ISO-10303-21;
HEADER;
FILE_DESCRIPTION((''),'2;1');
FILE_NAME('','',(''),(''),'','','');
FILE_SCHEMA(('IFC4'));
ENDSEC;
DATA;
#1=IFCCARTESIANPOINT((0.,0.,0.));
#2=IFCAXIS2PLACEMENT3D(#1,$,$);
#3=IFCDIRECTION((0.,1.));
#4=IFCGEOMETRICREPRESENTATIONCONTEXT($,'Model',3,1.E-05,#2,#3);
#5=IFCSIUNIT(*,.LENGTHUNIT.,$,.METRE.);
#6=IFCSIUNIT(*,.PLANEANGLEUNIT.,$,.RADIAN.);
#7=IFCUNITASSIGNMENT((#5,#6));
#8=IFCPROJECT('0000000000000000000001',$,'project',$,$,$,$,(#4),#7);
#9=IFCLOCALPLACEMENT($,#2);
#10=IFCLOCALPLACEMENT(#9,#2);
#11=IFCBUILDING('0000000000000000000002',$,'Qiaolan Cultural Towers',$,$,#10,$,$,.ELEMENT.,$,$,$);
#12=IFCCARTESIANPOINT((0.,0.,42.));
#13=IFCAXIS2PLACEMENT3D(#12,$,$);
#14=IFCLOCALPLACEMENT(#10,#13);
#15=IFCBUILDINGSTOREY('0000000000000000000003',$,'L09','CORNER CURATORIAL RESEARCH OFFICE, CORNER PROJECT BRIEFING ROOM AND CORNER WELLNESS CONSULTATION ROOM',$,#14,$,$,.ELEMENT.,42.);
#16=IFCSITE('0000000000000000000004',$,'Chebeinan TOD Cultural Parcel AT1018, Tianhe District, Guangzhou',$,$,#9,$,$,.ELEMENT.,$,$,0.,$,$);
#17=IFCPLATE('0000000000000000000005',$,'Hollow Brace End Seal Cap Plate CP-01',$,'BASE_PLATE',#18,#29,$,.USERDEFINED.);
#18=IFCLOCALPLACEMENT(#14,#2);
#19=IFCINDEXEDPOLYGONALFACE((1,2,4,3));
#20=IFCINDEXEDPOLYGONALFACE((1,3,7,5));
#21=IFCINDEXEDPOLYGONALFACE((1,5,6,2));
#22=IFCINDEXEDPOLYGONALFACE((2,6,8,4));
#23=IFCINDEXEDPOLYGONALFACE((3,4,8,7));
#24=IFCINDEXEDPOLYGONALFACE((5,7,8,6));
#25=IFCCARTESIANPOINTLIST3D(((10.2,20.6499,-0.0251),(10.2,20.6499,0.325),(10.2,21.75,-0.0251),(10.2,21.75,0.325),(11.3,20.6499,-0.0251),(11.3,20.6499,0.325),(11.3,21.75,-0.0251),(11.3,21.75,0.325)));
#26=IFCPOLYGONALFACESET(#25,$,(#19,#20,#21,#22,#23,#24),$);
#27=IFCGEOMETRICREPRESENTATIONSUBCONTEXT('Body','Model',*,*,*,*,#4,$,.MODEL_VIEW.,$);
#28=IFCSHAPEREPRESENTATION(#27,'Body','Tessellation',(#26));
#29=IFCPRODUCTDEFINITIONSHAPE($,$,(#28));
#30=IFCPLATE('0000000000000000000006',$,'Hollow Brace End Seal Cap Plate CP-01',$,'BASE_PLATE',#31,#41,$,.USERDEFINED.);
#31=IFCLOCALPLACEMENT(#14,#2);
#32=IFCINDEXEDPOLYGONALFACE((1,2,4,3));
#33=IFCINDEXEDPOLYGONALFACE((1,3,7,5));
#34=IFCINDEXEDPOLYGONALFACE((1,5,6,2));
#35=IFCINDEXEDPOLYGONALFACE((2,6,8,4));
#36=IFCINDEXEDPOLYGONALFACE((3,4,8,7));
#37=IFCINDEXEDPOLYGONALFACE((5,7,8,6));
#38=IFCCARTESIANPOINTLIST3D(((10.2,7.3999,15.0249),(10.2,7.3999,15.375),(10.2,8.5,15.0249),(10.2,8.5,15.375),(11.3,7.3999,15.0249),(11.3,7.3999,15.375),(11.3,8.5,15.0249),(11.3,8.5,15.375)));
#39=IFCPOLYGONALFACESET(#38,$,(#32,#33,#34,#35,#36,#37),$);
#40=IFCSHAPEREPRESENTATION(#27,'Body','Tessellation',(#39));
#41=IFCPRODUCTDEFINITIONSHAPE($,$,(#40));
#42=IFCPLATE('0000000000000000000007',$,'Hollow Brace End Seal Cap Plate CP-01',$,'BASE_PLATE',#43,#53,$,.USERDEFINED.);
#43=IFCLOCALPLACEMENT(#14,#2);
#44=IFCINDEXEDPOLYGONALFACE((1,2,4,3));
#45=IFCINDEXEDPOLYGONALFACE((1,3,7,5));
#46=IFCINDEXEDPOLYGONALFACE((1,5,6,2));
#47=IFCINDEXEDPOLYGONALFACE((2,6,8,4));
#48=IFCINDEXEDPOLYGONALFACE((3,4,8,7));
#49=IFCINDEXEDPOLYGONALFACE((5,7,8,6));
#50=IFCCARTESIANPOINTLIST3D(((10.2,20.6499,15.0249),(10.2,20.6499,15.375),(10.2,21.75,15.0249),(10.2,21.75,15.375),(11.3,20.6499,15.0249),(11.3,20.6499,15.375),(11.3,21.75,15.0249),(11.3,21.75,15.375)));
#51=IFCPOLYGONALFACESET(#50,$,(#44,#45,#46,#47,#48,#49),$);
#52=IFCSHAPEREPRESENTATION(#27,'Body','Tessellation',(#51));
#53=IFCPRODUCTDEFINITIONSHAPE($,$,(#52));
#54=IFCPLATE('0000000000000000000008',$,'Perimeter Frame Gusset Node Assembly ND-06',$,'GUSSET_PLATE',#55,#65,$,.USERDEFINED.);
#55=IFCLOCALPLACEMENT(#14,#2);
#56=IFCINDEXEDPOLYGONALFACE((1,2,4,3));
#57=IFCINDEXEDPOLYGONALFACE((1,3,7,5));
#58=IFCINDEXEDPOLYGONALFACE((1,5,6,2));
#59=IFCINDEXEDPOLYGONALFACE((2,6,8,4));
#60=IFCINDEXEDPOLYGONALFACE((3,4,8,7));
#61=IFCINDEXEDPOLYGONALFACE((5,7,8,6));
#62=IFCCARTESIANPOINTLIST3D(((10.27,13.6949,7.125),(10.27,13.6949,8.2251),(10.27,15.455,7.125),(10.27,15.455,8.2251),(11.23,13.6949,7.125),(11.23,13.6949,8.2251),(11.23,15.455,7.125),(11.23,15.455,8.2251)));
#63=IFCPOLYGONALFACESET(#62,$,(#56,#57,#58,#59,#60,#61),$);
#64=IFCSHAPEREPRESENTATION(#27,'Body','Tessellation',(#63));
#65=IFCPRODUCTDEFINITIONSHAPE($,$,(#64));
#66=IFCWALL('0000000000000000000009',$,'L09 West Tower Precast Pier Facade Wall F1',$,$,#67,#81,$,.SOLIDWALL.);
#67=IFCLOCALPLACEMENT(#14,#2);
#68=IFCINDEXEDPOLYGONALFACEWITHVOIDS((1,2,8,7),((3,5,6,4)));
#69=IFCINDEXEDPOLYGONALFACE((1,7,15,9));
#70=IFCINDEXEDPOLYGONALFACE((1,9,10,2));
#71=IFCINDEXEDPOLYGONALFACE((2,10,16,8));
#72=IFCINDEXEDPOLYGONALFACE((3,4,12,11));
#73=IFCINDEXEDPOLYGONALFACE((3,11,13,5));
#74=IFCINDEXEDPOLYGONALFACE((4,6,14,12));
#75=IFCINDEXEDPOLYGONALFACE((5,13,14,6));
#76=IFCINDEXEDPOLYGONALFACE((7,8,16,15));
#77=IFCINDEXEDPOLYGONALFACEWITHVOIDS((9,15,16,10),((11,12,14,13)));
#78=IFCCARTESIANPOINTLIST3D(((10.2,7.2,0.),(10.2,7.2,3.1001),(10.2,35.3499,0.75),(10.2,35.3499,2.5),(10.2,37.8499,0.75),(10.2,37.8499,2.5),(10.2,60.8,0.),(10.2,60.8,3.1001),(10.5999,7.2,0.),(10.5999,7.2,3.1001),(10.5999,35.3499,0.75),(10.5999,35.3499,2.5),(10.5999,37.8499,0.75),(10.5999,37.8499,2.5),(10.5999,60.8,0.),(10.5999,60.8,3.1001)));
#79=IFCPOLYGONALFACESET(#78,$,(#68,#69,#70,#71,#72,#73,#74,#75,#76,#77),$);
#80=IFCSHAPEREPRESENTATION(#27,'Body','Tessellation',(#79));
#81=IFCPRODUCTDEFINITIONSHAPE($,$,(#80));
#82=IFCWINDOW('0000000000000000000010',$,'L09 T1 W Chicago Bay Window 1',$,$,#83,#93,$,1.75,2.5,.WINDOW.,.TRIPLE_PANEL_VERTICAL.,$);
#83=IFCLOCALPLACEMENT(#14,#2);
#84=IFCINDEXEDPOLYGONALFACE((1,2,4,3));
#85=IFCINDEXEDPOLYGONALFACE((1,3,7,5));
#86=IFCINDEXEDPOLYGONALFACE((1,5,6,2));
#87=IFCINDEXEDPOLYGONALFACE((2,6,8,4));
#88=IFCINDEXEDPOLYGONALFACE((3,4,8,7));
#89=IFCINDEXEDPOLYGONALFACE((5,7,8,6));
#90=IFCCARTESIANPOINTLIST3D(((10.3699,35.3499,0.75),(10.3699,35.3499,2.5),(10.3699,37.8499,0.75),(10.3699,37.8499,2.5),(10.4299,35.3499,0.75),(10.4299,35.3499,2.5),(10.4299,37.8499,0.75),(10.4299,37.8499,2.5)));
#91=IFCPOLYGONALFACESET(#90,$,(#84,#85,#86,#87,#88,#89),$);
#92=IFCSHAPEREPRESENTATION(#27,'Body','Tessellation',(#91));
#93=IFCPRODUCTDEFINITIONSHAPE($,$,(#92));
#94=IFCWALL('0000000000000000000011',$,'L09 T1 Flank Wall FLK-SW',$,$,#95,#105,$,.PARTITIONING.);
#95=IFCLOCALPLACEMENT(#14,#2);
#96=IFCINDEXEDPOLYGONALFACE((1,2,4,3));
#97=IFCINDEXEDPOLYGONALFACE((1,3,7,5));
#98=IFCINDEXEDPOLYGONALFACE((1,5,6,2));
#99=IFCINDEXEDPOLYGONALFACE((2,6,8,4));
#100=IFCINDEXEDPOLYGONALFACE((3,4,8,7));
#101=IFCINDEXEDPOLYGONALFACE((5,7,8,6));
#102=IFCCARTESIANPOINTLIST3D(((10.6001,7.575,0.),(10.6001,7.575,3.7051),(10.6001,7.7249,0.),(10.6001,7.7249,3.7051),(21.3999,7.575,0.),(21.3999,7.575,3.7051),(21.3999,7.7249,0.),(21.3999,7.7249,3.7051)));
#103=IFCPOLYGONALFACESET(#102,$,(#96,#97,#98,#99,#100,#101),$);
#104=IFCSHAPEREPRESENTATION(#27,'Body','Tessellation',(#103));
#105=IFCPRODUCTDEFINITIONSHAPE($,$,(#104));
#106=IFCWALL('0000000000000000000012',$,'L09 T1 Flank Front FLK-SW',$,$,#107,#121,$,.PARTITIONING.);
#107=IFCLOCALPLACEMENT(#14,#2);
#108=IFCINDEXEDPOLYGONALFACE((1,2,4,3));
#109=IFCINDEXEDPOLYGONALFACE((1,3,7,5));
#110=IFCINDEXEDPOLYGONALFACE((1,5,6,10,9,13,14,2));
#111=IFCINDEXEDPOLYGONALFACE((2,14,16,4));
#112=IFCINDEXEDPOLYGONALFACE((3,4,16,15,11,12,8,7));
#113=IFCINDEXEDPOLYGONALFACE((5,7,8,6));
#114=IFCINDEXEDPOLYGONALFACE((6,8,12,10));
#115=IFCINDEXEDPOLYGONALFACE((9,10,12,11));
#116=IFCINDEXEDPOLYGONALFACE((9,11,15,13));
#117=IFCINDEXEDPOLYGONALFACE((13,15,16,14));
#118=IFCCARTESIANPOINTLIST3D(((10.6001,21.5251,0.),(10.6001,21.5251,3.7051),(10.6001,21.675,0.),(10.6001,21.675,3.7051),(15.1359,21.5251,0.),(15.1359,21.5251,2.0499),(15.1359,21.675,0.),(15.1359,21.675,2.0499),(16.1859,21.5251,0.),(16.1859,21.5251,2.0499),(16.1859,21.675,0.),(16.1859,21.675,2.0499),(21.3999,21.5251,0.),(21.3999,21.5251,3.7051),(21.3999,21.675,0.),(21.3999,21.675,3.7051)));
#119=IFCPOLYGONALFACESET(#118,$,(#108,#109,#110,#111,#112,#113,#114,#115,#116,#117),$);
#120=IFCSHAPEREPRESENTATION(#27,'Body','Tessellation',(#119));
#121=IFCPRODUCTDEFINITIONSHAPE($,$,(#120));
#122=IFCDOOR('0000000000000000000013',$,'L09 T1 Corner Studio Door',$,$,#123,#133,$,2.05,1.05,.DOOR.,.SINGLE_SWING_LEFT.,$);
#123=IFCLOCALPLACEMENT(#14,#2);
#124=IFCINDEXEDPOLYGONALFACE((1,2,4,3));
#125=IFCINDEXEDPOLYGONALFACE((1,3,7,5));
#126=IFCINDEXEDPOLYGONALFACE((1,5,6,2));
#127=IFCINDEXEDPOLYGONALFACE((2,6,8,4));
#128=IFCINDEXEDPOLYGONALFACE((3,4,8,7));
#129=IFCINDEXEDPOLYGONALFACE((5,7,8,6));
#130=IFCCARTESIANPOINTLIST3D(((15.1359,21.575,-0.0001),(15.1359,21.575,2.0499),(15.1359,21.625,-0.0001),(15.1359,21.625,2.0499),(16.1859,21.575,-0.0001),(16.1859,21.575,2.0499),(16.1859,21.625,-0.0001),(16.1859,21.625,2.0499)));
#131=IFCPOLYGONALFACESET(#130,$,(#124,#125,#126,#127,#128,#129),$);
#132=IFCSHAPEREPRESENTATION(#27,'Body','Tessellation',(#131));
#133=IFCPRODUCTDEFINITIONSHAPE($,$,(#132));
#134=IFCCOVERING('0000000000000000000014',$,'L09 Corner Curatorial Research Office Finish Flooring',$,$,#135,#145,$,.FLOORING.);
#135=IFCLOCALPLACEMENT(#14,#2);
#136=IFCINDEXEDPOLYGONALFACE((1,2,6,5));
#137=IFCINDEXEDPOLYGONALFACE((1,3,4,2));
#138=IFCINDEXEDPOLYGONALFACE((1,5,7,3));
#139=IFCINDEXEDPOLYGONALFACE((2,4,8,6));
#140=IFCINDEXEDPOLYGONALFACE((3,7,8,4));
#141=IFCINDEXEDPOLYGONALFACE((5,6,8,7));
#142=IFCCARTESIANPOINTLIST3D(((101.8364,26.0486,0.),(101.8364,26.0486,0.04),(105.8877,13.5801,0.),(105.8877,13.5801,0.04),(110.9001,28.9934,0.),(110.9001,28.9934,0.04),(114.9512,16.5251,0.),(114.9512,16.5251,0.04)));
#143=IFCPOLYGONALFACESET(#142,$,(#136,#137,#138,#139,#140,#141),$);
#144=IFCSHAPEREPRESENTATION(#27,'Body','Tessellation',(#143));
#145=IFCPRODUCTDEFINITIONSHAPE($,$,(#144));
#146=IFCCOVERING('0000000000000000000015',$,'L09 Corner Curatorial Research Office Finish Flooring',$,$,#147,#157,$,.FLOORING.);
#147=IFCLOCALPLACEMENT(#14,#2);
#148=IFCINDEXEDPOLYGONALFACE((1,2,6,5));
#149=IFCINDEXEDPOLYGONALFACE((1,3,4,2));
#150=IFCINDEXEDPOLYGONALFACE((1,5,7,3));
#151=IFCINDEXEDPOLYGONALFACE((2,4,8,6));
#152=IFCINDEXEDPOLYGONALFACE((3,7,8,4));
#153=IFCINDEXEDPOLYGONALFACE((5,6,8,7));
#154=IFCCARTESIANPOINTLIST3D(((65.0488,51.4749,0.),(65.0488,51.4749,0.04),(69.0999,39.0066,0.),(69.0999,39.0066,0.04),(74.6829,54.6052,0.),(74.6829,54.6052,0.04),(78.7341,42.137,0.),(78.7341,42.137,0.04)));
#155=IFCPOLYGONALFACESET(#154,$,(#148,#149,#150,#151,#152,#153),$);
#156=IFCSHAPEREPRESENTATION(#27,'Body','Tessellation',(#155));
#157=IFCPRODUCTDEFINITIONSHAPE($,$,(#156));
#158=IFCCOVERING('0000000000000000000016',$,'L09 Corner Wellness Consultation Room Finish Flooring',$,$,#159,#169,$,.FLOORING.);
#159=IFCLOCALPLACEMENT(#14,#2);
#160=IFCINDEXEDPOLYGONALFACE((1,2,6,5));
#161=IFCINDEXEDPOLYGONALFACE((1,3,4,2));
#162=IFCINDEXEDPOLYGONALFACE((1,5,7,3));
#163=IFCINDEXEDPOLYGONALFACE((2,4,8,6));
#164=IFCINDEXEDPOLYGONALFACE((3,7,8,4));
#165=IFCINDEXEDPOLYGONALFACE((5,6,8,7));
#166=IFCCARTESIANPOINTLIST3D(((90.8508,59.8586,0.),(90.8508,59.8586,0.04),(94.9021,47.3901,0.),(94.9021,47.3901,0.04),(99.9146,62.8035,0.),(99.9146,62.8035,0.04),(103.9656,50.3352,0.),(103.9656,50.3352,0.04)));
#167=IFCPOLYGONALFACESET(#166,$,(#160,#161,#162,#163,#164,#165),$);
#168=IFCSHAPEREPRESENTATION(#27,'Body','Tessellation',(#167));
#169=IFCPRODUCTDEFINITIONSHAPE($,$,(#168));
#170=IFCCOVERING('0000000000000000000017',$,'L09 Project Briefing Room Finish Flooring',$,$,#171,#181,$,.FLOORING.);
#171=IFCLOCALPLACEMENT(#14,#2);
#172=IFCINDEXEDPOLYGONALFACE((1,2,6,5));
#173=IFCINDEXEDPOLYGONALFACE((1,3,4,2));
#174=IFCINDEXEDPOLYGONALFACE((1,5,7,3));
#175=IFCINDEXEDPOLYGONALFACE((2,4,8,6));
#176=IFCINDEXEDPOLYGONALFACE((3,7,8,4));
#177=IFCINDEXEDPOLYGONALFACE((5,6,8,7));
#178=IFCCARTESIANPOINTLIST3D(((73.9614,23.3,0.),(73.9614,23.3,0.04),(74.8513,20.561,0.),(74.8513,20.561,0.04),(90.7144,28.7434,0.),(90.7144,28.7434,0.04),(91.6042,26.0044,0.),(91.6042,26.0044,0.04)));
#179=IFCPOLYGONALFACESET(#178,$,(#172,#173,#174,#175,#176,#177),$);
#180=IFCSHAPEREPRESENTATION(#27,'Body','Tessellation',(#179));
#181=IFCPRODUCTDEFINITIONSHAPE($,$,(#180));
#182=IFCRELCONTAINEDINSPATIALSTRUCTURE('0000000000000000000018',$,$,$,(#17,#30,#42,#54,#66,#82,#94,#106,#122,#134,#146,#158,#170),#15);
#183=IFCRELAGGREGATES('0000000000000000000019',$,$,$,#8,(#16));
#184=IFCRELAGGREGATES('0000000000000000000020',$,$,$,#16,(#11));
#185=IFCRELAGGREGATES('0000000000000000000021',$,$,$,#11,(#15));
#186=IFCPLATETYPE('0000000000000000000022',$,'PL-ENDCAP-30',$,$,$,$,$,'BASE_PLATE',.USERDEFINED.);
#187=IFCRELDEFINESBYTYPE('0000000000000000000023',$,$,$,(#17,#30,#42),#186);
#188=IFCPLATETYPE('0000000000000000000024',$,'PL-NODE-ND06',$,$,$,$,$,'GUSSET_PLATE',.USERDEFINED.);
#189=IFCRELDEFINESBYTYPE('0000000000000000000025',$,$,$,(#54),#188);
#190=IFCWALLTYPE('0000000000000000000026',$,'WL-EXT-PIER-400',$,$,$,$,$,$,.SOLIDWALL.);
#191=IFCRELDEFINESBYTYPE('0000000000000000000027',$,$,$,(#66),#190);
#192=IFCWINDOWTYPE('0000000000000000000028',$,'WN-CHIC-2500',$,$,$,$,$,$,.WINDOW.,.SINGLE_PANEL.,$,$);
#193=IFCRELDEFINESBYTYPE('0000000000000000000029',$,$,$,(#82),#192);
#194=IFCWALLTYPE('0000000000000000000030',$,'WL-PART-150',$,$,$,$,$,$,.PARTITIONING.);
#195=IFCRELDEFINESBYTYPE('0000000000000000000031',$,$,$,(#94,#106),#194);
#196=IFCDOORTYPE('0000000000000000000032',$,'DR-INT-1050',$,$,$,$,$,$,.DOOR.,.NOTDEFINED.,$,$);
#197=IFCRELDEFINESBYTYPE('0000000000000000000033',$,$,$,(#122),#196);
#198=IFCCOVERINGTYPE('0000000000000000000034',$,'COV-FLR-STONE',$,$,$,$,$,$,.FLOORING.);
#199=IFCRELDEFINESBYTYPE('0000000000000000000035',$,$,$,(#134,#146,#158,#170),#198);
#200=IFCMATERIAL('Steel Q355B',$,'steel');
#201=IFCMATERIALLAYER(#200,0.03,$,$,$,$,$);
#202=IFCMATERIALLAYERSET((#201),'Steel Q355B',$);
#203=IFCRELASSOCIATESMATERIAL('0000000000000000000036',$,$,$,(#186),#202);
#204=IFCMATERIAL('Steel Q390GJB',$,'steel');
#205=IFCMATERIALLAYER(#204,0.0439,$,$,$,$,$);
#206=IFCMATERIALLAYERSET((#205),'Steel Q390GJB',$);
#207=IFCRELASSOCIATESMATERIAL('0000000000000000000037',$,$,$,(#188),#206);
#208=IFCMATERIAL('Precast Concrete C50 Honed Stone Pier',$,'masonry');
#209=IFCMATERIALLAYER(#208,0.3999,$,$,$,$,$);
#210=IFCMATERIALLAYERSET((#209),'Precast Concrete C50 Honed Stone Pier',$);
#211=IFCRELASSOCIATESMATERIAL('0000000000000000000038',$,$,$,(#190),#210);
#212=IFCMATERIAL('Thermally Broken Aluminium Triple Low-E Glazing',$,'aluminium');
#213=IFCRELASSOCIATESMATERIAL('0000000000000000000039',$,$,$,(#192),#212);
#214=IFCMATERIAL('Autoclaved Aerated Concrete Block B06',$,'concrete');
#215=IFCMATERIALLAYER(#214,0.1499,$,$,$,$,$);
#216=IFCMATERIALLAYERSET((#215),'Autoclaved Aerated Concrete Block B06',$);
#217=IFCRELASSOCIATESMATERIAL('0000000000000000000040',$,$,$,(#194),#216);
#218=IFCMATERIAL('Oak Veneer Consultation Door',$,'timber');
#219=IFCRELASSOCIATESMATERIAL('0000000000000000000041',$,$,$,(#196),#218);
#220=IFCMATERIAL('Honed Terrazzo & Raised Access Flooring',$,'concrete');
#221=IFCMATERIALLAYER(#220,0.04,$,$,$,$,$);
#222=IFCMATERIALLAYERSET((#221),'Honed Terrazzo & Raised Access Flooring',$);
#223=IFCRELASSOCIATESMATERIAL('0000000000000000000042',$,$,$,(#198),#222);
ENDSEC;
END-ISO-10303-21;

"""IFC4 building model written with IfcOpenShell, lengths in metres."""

from ifc_helpers import new_model, si_unit, direction, frame, frame_2d, origin, origin_2d, place, context, subcontext, project, spatial, polyline, rectangle, outline, extrude, material, layer, layer_set, type_object, element, fill, save


model = new_model("IFC4")

# Units and contexts
model_context = context("Model", 3, precision=1e-05, world=origin(), true_north=direction((0.0, 1.0)))
body_context = subcontext(model_context, "Body", "Model", "MODEL_VIEW")
ifc_project = project(units=[si_unit("LENGTHUNIT", "METRE"), si_unit("PLANEANGLEUNIT", "RADIAN")], contexts=[model_context])

# Site, building, storey
site_placement = place(None, origin())
site = spatial("IfcSite", under=ifc_project, at=site_placement, Name="Chebeinan TOD Cultural Parcel AT1018, Tianhe District, Guangzhou", CompositionType="ELEMENT", RefElevation=0.0)
building_placement = place(site_placement, origin())
building = spatial("IfcBuilding", under=site, at=building_placement, Name="Qiaolan Cultural Towers", CompositionType="ELEMENT")
storey_placement = place(building_placement, frame((0.0, 0.0, 42.0)))
storey = spatial("IfcBuildingStorey", under=building, at=storey_placement, Name="L09", Description="CORNER CURATORIAL RESEARCH OFFICE, CORNER PROJECT BRIEFING ROOM AND CORNER WELLNESS CONSULTATION ROOM", CompositionType="ELEMENT", Elevation=42.0)

# Plates
ifc_material_1 = material(Name="Steel Q355B", Category="steel")
ifc_layer_1 = layer(ifc_material_1, 0.03)
ifc_layer_set_1 = layer_set([ifc_layer_1], Name="Steel Q355B")
plate_type_1 = type_object("IfcPlateType", Name="PL-ENDCAP-30", ElementType="BASE_PLATE", PredefinedType="USERDEFINED", material=ifc_layer_set_1)
for number, where, z_axis, x_axis, name in (
    (1, (10.75, 21.2, -0.0251), (0.0, 0.0, 1.0), (0.0, 1.0, 0.0), "Hollow Brace End Seal Cap Plate CP-01"),
    (2, (10.75, 7.95, 15.0249), (0.0, 0.0, 1.0), (0.0, 1.0, 0.0), "Hollow Brace End Seal Cap Plate CP-01"),
    (3, (10.75, 21.2, 15.0249), (0.0, 0.0, 1.0), (0.0, 1.0, 0.0), "Hollow Brace End Seal Cap Plate CP-01"),
):
    element("IfcPlate", number, at=place(storey_placement, frame(where, z_axis=z_axis, x_axis=x_axis)), inside=storey, type_object=plate_type_1, Name=name, ObjectType="BASE_PLATE", PredefinedType="USERDEFINED", context=body_context, shape_type="SweptSolid", body=[
        extrude(rectangle(XDim=1.1001, YDim=1.1001, at=origin_2d()), origin(), (0.0, 0.0, 1.0), 0.3501),
    ])
ifc_material_2 = material(Name="Steel Q390GJB", Category="steel")
ifc_layer_2 = layer(ifc_material_2, 0.0439)
ifc_layer_set_2 = layer_set([ifc_layer_2], Name="Steel Q390GJB")
plate_type_2 = type_object("IfcPlateType", Name="PL-NODE-ND06", ElementType="GUSSET_PLATE", PredefinedType="USERDEFINED", material=ifc_layer_set_2)
plate_placement = place(storey_placement, frame((10.75, 14.575, 7.125), z_axis=(0.0, 0.0, 1.0), x_axis=(0.0, 1.0, 0.0)))
element("IfcPlate", 4, at=plate_placement, inside=storey, type_object=plate_type_2, Name="Perimeter Frame Gusset Node Assembly ND-06", ObjectType="GUSSET_PLATE", PredefinedType="USERDEFINED", context=body_context, shape_type="SweptSolid", body=[
    extrude(rectangle(XDim=1.76, YDim=0.96, at=origin_2d()), origin(), (0.0, 0.0, 1.0), 1.1001),
])

# Wall, opening, window
ifc_material_3 = material(Name="Precast Concrete C50 Honed Stone Pier", Category="masonry")
ifc_layer_3 = layer(ifc_material_3, 0.3999)
ifc_layer_set_3 = layer_set([ifc_layer_3], Name="Precast Concrete C50 Honed Stone Pier")
wall_type_1 = type_object("IfcWallType", Name="WL-EXT-PIER-400", PredefinedType="SOLIDWALL", material=ifc_layer_set_3)
wall_1_placement = place(storey_placement, frame((10.3999, 7.2, 0.0), z_axis=(0.0, 0.0, 1.0), x_axis=(0.0, 1.0, 0.0)))
wall_1 = element("IfcWall", 5, at=wall_1_placement, inside=storey, type_object=wall_type_1, Name="L09 West Tower Precast Pier Facade Wall F1", PredefinedType="SOLIDWALL", context=body_context, shape_type="SweptSolid", body=[
    extrude(rectangle(XDim=53.6001, YDim=0.3999, at=frame_2d((26.8, 0.0))), origin(), (0.0, 0.0, 1.0), 3.1001),
])
opening_1_placement = place(wall_1_placement, frame((28.1499, 0.0, 0.75)))
opening_1 = element("IfcOpeningElement", 6, at=opening_1_placement, cuts=wall_1, PredefinedType="OPENING", context=body_context, shape_type="SweptSolid", body=[
    extrude(rectangle(XDim=2.5, YDim=1.75, at=frame_2d((1.25, 0.875))), frame((0.0, 0.21, 0.0), z_axis=(0.0, -1.0, 0.0), x_axis=(1.0, 0.0, 0.0)), (0.0, 0.0, 1.0), 0.4199),
])
ifc_material_4 = material(Name="Thermally Broken Aluminium Triple Low-E Glazing", Category="aluminium")
window_type = type_object("IfcWindowType", Name="WN-CHIC-2500", PartitioningType="SINGLE_PANEL", PredefinedType="WINDOW", material=ifc_material_4)
window_placement = place(opening_1_placement, origin())
window = element("IfcWindow", 7, at=window_placement, inside=storey, type_object=window_type, Name="L09 T1 W Chicago Bay Window 1", OverallHeight=1.75, OverallWidth=2.5, PartitioningType="TRIPLE_PANEL_VERTICAL", PredefinedType="WINDOW", context=body_context, shape_type="SweptSolid", body=[
    extrude(rectangle(XDim=2.5, YDim=1.75, at=frame_2d((1.25, 0.875))), frame((0.0, 0.03, 0.0), z_axis=(0.0, -1.0, 0.0), x_axis=(1.0, 0.0, 0.0)), (0.0, 0.0, 1.0), 0.0601),
])
fill(opening_1, window)

# Wall
ifc_material_5 = material(Name="Autoclaved Aerated Concrete Block B06", Category="concrete")
ifc_layer_4 = layer(ifc_material_5, 0.1499)
ifc_layer_set_4 = layer_set([ifc_layer_4], Name="Autoclaved Aerated Concrete Block B06")
wall_type_2 = type_object("IfcWallType", Name="WL-PART-150", PredefinedType="PARTITIONING", material=ifc_layer_set_4)
wall_2_placement = place(storey_placement, frame((10.6001, 7.6499, 0.0), z_axis=(0.0, 0.0, 1.0), x_axis=(1.0, 0.0, 0.0)))
element("IfcWall", 8, at=wall_2_placement, inside=storey, type_object=wall_type_2, Name="L09 T1 Flank Wall FLK-SW", PredefinedType="PARTITIONING", context=body_context, shape_type="SweptSolid", body=[
    extrude(rectangle(XDim=10.7998, YDim=0.1499, at=frame_2d((5.3999, 0.0))), origin(), (0.0, 0.0, 1.0), 3.7051),
])

# Wall, opening, door
wall_3_placement = place(storey_placement, frame((10.6001, 21.6001, 0.0), z_axis=(0.0, 0.0, 1.0), x_axis=(1.0, 0.0, 0.0)))
wall_3 = element("IfcWall", 9, at=wall_3_placement, inside=storey, type_object=wall_type_2, Name="L09 T1 Flank Front FLK-SW", PredefinedType="PARTITIONING", context=body_context, shape_type="SweptSolid", body=[
    extrude(rectangle(XDim=10.7998, YDim=0.1499, at=frame_2d((5.3999, 0.0))), origin(), (0.0, 0.0, 1.0), 3.7051),
])
opening_2_placement = place(wall_3_placement, frame((4.5359, 0.0, 0.0)))
opening_2 = element("IfcOpeningElement", 10, at=opening_2_placement, cuts=wall_3, PredefinedType="OPENING", context=body_context, shape_type="SweptSolid", body=[
    extrude(rectangle(XDim=1.05, YDim=2.05, at=frame_2d((0.5249, 1.0249))), frame((0.0, 0.085, 0.0), z_axis=(0.0, -1.0, 0.0), x_axis=(1.0, 0.0, 0.0)), (0.0, 0.0, 1.0), 0.1699),
])
ifc_material_6 = material(Name="Oak Veneer Consultation Door", Category="timber")
door_type = type_object("IfcDoorType", Name="DR-INT-1050", OperationType="NOTDEFINED", PredefinedType="DOOR", material=ifc_material_6)
door_placement = place(opening_2_placement, origin())
door = element("IfcDoor", 11, at=door_placement, inside=storey, type_object=door_type, Name="L09 T1 Corner Studio Door", OperationType="SINGLE_SWING_LEFT", OverallHeight=2.05, OverallWidth=1.05, PredefinedType="DOOR", context=body_context, shape_type="SweptSolid", body=[
    extrude(rectangle(XDim=1.05, YDim=2.05, at=frame_2d((0.5249, 1.0249))), frame((0.0, 0.0249, 0.0), z_axis=(0.0, -1.0, 0.0), x_axis=(1.0, 0.0, 0.0)), (0.0, 0.0, 1.0), 0.05),
])
fill(opening_2, door)

# Coverings
ifc_material_7 = material(Name="Honed Terrazzo & Raised Access Flooring", Category="concrete")
ifc_layer_5 = layer(ifc_material_7, 0.04)
ifc_layer_set_5 = layer_set([ifc_layer_5], Name="Honed Terrazzo & Raised Access Flooring")
covering_type = type_object("IfcCoveringType", Name="COV-FLR-STONE", PredefinedType="FLOORING", material=ifc_layer_set_5)
covering_1_placement = place(storey_placement, origin())
element("IfcCovering", 12, at=covering_1_placement, inside=storey, type_object=covering_type, Name="L09 Corner Curatorial Research Office Finish Flooring", PredefinedType="FLOORING", context=body_context, shape_type="SweptSolid", body=[
    extrude(outline(polyline([(114.9512, 16.5251), (110.9001, 28.9934), (101.8364, 26.0486), (105.8877, 13.5801), (114.9512, 16.5251)])), origin(), (0.0, 0.0, 1.0), 0.04),
])
covering_2_placement = place(storey_placement, origin())
element("IfcCovering", 13, at=covering_2_placement, inside=storey, type_object=covering_type, Name="L09 Corner Curatorial Research Office Finish Flooring", PredefinedType="FLOORING", context=body_context, shape_type="SweptSolid", body=[
    extrude(outline(polyline([(78.7341, 42.137), (74.6829, 54.6052), (65.0488, 51.4749), (69.0999, 39.0066), (78.7341, 42.137)])), origin(), (0.0, 0.0, 1.0), 0.04),
])
covering_3_placement = place(storey_placement, origin())
element("IfcCovering", 14, at=covering_3_placement, inside=storey, type_object=covering_type, Name="L09 Corner Wellness Consultation Room Finish Flooring", PredefinedType="FLOORING", context=body_context, shape_type="SweptSolid", body=[
    extrude(outline(polyline([(103.9656, 50.3352), (99.9146, 62.8035), (90.8508, 59.8586), (94.9021, 47.3901), (103.9656, 50.3352)])), origin(), (0.0, 0.0, 1.0), 0.04),
])
covering_4_placement = place(storey_placement, origin())
element("IfcCovering", 15, at=covering_4_placement, inside=storey, type_object=covering_type, Name="L09 Project Briefing Room Finish Flooring", PredefinedType="FLOORING", context=body_context, shape_type="SweptSolid", body=[
    extrude(outline(polyline([(91.6042, 26.0044), (90.7144, 28.7434), (73.9614, 23.3), (74.8513, 20.561), (91.6042, 26.0044)])), origin(), (0.0, 0.0, 1.0), 0.04),
])

save(model, "model.ifc")
